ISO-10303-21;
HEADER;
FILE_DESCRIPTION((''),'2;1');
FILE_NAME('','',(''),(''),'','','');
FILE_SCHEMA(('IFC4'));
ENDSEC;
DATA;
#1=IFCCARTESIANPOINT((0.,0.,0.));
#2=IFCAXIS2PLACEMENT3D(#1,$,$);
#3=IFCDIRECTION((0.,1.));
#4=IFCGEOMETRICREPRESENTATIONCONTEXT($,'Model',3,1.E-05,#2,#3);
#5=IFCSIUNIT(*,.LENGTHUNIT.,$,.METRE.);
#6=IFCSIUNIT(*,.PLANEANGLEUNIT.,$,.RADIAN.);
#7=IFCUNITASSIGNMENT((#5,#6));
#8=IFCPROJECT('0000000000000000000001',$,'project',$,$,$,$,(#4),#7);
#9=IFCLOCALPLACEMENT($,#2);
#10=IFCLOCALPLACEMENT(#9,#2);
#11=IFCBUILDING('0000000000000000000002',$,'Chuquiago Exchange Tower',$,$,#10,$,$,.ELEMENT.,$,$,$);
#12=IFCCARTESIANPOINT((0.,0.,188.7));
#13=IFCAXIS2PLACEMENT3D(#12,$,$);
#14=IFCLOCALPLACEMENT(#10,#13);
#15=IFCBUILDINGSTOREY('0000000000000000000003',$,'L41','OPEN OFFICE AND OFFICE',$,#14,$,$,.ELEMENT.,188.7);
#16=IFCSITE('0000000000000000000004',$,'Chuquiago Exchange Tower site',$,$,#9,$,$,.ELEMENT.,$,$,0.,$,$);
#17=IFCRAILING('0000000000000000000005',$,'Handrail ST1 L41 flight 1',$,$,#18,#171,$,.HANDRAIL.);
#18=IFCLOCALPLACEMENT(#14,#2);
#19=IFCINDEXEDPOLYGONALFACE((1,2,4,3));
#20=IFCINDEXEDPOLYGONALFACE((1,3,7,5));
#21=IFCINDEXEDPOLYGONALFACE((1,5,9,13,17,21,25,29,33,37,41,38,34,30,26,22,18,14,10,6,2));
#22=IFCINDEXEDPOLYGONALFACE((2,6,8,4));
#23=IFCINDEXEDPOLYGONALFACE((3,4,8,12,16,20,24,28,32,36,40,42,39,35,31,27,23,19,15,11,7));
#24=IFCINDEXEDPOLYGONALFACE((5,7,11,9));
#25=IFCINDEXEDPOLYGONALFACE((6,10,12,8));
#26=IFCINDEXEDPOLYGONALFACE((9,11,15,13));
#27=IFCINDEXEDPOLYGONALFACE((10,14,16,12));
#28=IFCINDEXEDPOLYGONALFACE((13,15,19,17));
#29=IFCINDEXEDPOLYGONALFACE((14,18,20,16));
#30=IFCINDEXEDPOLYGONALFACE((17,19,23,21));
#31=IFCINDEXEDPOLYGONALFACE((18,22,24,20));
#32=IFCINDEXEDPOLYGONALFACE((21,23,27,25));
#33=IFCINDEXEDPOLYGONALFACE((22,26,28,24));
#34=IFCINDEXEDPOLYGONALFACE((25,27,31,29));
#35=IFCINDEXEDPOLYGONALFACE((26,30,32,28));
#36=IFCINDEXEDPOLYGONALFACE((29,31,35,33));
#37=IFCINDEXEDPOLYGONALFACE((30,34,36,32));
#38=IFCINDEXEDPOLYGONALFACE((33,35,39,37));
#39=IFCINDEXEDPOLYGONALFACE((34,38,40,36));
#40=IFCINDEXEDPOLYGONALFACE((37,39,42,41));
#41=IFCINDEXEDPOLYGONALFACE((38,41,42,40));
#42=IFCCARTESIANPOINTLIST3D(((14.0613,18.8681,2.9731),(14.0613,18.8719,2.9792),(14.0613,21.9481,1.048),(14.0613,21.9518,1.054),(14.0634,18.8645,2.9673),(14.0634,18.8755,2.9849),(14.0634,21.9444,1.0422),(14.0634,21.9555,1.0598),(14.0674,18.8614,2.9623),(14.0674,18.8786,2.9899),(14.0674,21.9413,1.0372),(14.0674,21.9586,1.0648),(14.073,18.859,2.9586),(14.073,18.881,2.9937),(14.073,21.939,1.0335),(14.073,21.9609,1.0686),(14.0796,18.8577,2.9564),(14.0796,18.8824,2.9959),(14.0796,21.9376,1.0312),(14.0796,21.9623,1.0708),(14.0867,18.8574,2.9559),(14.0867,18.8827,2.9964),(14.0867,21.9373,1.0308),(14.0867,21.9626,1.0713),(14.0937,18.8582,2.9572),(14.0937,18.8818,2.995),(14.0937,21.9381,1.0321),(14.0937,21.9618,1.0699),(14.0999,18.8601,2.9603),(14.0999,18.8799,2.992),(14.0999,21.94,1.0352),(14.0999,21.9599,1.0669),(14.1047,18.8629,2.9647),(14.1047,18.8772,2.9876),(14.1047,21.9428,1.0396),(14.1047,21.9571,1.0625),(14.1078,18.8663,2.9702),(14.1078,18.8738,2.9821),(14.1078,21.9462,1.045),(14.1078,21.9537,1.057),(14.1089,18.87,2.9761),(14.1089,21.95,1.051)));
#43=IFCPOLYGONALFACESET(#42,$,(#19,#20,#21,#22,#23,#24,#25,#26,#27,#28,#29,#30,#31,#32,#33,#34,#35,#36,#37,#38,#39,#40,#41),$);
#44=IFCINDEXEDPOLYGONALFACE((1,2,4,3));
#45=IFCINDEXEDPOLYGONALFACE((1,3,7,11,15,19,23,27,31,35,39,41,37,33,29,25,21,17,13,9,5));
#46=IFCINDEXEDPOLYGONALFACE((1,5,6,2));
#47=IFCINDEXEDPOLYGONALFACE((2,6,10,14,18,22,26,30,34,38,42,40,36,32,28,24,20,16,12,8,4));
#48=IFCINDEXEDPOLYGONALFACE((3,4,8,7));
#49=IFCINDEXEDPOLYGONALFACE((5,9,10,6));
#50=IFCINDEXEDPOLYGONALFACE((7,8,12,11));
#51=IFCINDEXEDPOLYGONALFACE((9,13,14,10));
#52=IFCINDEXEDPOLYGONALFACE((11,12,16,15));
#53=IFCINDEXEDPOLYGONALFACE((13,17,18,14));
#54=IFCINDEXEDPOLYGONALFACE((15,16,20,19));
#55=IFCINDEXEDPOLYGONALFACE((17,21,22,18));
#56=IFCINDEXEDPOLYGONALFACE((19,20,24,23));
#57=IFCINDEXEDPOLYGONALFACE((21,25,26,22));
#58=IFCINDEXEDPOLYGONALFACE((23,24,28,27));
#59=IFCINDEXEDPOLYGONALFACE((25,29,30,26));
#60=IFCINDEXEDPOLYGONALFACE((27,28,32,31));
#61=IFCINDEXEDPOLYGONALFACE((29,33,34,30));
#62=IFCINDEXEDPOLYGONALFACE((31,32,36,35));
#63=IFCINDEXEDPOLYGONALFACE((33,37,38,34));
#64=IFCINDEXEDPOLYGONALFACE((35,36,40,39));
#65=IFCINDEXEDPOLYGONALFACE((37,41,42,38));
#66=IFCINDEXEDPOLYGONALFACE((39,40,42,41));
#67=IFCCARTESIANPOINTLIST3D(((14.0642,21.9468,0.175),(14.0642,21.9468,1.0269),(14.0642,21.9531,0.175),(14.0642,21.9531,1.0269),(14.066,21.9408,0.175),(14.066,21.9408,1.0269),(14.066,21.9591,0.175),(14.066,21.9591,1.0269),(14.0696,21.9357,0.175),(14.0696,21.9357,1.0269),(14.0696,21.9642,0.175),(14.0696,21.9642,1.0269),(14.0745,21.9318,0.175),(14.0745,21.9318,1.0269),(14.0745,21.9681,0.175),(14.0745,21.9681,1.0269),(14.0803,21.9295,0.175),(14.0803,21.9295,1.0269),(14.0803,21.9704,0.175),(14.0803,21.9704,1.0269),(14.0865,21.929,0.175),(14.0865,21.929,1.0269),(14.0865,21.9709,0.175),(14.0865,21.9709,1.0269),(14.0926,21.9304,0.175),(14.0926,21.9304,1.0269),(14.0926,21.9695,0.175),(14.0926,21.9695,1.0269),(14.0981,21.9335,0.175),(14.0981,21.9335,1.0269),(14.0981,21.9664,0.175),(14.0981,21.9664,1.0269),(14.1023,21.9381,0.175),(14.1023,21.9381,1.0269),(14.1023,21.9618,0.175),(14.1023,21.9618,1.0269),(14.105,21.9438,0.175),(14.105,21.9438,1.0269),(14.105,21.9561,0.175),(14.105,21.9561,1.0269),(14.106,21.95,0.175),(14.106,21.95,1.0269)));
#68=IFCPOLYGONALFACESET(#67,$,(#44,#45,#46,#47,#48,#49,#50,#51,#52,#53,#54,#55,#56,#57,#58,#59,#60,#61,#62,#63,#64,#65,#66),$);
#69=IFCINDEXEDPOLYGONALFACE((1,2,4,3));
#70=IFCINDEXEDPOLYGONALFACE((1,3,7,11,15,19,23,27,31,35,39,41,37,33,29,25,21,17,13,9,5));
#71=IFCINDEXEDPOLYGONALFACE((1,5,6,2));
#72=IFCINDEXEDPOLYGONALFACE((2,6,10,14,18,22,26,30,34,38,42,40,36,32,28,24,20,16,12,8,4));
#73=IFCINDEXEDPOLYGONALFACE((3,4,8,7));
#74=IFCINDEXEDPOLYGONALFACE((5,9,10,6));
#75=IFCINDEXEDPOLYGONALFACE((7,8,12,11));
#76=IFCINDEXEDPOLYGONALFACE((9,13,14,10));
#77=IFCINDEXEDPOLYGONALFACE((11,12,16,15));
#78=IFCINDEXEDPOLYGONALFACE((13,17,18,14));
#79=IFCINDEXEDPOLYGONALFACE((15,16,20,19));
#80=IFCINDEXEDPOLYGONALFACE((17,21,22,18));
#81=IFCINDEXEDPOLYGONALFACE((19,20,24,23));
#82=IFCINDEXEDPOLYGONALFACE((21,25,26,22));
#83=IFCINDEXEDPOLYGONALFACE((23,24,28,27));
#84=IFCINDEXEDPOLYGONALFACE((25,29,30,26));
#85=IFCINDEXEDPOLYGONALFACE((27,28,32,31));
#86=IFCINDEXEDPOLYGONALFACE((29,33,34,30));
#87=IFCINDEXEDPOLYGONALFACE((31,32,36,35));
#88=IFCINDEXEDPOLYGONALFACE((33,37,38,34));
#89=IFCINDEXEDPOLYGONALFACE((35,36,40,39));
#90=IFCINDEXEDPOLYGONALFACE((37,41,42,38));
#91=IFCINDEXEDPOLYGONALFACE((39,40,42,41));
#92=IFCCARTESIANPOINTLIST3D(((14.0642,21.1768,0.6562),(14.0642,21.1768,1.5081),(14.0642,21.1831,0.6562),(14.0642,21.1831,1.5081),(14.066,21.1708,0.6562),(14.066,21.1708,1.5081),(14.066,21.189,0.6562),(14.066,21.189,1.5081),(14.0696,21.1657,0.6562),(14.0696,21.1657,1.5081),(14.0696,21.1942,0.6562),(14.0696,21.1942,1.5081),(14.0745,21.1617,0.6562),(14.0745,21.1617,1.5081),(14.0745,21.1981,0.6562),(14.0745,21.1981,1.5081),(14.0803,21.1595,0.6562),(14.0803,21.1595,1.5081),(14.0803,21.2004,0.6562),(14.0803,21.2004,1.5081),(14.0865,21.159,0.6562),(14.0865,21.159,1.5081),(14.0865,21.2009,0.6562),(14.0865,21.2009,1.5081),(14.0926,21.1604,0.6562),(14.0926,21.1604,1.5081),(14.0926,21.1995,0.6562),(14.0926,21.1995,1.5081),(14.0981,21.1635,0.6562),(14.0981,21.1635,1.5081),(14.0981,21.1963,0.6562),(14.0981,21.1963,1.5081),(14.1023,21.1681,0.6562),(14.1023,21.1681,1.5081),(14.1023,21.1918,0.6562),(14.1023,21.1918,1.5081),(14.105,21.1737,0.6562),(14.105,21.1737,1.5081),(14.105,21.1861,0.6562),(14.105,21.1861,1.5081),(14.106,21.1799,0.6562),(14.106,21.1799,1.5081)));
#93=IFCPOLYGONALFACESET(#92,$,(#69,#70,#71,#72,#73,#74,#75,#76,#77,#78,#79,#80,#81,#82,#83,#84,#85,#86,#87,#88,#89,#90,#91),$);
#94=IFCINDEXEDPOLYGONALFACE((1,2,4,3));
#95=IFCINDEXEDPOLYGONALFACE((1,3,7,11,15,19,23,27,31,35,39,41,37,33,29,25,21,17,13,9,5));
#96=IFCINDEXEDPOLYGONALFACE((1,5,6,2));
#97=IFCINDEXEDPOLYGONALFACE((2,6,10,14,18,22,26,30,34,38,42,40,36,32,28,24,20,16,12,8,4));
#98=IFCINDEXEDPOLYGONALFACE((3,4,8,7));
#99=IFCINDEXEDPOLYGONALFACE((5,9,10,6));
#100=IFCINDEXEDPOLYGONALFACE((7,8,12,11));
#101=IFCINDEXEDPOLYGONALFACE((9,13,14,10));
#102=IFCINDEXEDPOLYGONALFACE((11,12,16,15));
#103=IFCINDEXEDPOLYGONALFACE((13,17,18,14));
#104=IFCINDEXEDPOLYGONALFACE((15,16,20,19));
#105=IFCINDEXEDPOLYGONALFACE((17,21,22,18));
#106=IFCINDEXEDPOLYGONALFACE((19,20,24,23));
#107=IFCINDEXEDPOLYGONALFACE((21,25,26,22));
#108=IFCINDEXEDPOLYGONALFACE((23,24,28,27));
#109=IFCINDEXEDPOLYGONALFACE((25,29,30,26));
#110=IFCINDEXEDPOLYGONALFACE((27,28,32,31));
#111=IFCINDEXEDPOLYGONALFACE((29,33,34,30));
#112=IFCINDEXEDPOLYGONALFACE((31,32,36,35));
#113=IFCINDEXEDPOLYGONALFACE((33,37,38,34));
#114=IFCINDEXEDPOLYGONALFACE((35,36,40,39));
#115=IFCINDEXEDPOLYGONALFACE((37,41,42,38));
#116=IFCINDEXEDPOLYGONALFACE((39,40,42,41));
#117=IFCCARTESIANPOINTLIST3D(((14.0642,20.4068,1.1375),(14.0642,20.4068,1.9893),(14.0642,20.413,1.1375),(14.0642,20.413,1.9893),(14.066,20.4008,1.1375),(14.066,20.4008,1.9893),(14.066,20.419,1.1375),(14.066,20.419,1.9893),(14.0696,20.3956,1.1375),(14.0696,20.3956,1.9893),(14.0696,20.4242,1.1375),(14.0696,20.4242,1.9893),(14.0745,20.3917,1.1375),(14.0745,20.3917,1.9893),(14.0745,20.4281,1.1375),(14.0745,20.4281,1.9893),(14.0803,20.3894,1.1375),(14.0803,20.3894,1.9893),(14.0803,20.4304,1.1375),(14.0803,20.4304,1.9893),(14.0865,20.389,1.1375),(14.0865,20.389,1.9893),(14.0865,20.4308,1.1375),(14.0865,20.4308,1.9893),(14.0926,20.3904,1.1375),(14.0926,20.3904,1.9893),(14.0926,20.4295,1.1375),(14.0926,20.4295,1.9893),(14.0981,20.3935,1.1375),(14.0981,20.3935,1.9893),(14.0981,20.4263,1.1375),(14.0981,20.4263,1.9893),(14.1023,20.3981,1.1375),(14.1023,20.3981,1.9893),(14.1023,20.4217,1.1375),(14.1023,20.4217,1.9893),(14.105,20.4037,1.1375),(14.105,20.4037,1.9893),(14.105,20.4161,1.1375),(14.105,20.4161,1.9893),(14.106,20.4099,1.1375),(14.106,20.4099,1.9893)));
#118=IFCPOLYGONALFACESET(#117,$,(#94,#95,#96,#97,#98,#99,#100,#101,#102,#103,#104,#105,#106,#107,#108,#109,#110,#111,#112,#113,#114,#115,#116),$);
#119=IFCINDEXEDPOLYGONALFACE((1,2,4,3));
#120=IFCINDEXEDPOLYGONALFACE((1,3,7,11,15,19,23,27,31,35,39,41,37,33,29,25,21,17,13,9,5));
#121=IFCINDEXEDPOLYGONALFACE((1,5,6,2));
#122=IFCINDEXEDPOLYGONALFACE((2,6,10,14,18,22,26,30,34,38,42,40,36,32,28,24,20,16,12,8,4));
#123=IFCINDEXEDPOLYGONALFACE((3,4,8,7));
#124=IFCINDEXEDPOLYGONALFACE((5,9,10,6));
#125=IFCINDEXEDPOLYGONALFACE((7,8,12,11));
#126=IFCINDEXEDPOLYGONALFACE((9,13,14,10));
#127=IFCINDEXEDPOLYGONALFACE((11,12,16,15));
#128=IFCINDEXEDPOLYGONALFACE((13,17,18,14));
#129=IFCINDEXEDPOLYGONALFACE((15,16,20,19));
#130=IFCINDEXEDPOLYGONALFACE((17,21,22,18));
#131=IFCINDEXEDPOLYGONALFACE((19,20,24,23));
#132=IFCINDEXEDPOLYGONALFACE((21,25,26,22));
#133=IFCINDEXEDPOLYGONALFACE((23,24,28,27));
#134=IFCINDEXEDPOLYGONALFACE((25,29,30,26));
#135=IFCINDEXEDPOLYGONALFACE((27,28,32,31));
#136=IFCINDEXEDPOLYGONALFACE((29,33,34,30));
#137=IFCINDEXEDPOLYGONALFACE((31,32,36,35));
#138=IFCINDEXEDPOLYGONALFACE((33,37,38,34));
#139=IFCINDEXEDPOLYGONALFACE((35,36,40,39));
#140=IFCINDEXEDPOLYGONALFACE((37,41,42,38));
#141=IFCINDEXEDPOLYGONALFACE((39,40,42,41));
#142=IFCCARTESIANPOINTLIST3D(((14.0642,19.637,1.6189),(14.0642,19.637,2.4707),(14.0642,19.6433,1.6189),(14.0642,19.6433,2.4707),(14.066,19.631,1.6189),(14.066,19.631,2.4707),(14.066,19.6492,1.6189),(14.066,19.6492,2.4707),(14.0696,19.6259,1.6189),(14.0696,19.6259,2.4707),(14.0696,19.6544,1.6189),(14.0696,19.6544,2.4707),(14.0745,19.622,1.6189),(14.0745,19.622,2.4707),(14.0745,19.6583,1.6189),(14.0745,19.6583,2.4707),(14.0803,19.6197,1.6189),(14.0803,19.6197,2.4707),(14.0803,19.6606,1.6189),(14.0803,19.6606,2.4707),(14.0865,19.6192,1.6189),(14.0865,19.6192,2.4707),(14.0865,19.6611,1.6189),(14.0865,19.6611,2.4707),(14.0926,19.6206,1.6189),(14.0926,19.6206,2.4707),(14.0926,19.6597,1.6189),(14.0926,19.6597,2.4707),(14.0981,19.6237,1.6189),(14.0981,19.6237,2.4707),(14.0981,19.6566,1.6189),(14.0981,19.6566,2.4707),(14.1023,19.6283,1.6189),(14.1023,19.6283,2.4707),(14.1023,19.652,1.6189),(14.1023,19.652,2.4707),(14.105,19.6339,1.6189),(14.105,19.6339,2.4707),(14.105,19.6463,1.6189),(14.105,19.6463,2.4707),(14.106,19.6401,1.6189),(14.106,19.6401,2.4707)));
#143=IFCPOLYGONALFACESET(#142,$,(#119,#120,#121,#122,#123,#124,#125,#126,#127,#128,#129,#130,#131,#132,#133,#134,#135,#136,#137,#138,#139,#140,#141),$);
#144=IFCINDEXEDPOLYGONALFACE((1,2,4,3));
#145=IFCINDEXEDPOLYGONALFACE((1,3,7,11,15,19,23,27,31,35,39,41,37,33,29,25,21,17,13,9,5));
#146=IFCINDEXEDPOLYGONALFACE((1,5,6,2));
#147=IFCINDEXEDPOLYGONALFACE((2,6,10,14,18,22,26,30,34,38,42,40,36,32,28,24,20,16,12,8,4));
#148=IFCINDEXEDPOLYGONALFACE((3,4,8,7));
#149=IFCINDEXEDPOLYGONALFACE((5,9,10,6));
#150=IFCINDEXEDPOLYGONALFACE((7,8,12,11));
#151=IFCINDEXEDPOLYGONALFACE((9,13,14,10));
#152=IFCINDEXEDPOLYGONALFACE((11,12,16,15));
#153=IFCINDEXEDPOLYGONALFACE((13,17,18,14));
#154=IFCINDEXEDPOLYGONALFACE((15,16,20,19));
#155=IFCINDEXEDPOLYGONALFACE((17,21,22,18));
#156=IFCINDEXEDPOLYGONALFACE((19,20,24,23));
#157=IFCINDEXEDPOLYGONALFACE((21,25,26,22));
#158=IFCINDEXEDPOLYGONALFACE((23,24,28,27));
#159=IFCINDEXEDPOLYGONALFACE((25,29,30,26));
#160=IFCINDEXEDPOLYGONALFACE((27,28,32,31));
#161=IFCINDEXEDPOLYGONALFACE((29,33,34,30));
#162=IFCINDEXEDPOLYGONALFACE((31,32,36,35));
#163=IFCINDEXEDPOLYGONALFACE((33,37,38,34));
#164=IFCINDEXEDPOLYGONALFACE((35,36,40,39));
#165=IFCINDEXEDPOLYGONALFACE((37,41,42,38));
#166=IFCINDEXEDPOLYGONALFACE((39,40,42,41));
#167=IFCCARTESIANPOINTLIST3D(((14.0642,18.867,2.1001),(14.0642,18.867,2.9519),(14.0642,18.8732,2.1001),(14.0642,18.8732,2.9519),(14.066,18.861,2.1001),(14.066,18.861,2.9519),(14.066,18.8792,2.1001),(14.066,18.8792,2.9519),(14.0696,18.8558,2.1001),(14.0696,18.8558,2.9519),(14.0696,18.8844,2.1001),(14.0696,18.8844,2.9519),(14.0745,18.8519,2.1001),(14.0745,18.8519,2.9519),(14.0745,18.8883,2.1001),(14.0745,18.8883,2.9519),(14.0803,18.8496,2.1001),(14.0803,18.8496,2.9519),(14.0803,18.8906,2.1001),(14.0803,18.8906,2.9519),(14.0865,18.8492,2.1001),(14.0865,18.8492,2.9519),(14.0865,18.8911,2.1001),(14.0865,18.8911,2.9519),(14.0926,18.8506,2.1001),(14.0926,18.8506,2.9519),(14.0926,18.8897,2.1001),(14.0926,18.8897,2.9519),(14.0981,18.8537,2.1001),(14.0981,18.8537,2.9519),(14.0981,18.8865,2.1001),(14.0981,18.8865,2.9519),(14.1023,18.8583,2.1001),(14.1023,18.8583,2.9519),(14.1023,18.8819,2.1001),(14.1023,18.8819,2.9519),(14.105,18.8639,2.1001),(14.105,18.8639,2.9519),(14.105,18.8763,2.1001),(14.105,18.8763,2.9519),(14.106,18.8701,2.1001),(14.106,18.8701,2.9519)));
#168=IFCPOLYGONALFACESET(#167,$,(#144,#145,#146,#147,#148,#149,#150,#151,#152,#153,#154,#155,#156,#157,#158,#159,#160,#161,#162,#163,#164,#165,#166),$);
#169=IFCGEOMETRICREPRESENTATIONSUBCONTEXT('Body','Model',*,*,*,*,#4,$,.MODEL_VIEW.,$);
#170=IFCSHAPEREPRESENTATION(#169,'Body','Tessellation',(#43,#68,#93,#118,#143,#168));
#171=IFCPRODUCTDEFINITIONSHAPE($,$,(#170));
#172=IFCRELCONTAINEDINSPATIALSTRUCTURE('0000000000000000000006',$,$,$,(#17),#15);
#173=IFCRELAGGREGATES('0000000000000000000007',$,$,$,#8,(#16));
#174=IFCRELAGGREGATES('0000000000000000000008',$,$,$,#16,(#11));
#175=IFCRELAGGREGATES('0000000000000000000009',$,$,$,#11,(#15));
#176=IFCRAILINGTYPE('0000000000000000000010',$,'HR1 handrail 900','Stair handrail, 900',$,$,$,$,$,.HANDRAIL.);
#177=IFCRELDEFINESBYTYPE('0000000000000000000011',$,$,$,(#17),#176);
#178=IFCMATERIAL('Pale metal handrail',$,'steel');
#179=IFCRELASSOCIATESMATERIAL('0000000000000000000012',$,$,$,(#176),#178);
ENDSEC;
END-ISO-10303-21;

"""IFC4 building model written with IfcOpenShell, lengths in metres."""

from ifc_helpers import new_model, si_unit, direction, frame, origin, origin_2d, place, context, subcontext, project, spatial, circle, extrude, material, type_object, element, save


model = new_model("IFC4")

# Units and contexts
model_context = context("Model", 3, precision=1e-05, world=origin(), true_north=direction((0.0, 1.0)))
body_context = subcontext(model_context, "Body", "Model", "MODEL_VIEW")
ifc_project = project(units=[si_unit("LENGTHUNIT", "METRE"), si_unit("PLANEANGLEUNIT", "RADIAN")], contexts=[model_context])

# Site, building, storey
site_placement = place(None, origin())
site = spatial("IfcSite", under=ifc_project, at=site_placement, Name="Chuquiago Exchange Tower site", CompositionType="ELEMENT", RefElevation=0.0)
building_placement = place(site_placement, origin())
building = spatial("IfcBuilding", under=site, at=building_placement, Name="Chuquiago Exchange Tower", CompositionType="ELEMENT")
storey_placement = place(building_placement, frame((0.0, 0.0, 188.7)))
storey = spatial("IfcBuildingStorey", under=building, at=storey_placement, Name="L41", Description="OPEN OFFICE AND OFFICE", CompositionType="ELEMENT", Elevation=188.7)

# Railing
ifc_material_1 = material(Name="Pale metal handrail", Category="steel")
railing_type_1 = type_object("IfcRailingType", Name="HR1 handrail 900", Description="Stair handrail, 900", PredefinedType="HANDRAIL", material=ifc_material_1)
for number, where, name in (
    (1, (14.085, 21.95, 0.175), "Handrail ST1 L41 flight 1"),
):
    element("IfcRailing", number, at=place(storey_placement, frame(where)), inside=storey, type_object=railing_type_1, Name=name, PredefinedType="HANDRAIL", context=body_context, shape_type="SweptSolid", body=[
        extrude(circle(Radius=0.0239, at=origin_2d()), frame((0.0, 0.0, 0.876), z_axis=(0.0, -0.847979, 0.530029), x_axis=(1.0, 0.0, 0.0)), (0.0, 0.0, 1.0), 3.6321),
        extrude(circle(Radius=0.021, at=origin_2d()), origin(), (0.0, 0.0, 1.0), 0.8518),
        extrude(circle(Radius=0.021, at=origin_2d()), frame((0.0, -0.77, 0.4812)), (0.0, 0.0, 1.0), 0.8518),
        extrude(circle(Radius=0.021, at=origin_2d()), frame((0.0, -1.54, 0.9624)), (0.0, 0.0, 1.0), 0.8518),
        extrude(circle(Radius=0.021, at=origin_2d()), frame((0.0, -2.3098, 1.4438)), (0.0, 0.0, 1.0), 0.8518),
        extrude(circle(Radius=0.021, at=origin_2d()), frame((0.0, -3.0798, 1.925)), (0.0, 0.0, 1.0), 0.8518),
    ])

save(model, "model.ifc")
